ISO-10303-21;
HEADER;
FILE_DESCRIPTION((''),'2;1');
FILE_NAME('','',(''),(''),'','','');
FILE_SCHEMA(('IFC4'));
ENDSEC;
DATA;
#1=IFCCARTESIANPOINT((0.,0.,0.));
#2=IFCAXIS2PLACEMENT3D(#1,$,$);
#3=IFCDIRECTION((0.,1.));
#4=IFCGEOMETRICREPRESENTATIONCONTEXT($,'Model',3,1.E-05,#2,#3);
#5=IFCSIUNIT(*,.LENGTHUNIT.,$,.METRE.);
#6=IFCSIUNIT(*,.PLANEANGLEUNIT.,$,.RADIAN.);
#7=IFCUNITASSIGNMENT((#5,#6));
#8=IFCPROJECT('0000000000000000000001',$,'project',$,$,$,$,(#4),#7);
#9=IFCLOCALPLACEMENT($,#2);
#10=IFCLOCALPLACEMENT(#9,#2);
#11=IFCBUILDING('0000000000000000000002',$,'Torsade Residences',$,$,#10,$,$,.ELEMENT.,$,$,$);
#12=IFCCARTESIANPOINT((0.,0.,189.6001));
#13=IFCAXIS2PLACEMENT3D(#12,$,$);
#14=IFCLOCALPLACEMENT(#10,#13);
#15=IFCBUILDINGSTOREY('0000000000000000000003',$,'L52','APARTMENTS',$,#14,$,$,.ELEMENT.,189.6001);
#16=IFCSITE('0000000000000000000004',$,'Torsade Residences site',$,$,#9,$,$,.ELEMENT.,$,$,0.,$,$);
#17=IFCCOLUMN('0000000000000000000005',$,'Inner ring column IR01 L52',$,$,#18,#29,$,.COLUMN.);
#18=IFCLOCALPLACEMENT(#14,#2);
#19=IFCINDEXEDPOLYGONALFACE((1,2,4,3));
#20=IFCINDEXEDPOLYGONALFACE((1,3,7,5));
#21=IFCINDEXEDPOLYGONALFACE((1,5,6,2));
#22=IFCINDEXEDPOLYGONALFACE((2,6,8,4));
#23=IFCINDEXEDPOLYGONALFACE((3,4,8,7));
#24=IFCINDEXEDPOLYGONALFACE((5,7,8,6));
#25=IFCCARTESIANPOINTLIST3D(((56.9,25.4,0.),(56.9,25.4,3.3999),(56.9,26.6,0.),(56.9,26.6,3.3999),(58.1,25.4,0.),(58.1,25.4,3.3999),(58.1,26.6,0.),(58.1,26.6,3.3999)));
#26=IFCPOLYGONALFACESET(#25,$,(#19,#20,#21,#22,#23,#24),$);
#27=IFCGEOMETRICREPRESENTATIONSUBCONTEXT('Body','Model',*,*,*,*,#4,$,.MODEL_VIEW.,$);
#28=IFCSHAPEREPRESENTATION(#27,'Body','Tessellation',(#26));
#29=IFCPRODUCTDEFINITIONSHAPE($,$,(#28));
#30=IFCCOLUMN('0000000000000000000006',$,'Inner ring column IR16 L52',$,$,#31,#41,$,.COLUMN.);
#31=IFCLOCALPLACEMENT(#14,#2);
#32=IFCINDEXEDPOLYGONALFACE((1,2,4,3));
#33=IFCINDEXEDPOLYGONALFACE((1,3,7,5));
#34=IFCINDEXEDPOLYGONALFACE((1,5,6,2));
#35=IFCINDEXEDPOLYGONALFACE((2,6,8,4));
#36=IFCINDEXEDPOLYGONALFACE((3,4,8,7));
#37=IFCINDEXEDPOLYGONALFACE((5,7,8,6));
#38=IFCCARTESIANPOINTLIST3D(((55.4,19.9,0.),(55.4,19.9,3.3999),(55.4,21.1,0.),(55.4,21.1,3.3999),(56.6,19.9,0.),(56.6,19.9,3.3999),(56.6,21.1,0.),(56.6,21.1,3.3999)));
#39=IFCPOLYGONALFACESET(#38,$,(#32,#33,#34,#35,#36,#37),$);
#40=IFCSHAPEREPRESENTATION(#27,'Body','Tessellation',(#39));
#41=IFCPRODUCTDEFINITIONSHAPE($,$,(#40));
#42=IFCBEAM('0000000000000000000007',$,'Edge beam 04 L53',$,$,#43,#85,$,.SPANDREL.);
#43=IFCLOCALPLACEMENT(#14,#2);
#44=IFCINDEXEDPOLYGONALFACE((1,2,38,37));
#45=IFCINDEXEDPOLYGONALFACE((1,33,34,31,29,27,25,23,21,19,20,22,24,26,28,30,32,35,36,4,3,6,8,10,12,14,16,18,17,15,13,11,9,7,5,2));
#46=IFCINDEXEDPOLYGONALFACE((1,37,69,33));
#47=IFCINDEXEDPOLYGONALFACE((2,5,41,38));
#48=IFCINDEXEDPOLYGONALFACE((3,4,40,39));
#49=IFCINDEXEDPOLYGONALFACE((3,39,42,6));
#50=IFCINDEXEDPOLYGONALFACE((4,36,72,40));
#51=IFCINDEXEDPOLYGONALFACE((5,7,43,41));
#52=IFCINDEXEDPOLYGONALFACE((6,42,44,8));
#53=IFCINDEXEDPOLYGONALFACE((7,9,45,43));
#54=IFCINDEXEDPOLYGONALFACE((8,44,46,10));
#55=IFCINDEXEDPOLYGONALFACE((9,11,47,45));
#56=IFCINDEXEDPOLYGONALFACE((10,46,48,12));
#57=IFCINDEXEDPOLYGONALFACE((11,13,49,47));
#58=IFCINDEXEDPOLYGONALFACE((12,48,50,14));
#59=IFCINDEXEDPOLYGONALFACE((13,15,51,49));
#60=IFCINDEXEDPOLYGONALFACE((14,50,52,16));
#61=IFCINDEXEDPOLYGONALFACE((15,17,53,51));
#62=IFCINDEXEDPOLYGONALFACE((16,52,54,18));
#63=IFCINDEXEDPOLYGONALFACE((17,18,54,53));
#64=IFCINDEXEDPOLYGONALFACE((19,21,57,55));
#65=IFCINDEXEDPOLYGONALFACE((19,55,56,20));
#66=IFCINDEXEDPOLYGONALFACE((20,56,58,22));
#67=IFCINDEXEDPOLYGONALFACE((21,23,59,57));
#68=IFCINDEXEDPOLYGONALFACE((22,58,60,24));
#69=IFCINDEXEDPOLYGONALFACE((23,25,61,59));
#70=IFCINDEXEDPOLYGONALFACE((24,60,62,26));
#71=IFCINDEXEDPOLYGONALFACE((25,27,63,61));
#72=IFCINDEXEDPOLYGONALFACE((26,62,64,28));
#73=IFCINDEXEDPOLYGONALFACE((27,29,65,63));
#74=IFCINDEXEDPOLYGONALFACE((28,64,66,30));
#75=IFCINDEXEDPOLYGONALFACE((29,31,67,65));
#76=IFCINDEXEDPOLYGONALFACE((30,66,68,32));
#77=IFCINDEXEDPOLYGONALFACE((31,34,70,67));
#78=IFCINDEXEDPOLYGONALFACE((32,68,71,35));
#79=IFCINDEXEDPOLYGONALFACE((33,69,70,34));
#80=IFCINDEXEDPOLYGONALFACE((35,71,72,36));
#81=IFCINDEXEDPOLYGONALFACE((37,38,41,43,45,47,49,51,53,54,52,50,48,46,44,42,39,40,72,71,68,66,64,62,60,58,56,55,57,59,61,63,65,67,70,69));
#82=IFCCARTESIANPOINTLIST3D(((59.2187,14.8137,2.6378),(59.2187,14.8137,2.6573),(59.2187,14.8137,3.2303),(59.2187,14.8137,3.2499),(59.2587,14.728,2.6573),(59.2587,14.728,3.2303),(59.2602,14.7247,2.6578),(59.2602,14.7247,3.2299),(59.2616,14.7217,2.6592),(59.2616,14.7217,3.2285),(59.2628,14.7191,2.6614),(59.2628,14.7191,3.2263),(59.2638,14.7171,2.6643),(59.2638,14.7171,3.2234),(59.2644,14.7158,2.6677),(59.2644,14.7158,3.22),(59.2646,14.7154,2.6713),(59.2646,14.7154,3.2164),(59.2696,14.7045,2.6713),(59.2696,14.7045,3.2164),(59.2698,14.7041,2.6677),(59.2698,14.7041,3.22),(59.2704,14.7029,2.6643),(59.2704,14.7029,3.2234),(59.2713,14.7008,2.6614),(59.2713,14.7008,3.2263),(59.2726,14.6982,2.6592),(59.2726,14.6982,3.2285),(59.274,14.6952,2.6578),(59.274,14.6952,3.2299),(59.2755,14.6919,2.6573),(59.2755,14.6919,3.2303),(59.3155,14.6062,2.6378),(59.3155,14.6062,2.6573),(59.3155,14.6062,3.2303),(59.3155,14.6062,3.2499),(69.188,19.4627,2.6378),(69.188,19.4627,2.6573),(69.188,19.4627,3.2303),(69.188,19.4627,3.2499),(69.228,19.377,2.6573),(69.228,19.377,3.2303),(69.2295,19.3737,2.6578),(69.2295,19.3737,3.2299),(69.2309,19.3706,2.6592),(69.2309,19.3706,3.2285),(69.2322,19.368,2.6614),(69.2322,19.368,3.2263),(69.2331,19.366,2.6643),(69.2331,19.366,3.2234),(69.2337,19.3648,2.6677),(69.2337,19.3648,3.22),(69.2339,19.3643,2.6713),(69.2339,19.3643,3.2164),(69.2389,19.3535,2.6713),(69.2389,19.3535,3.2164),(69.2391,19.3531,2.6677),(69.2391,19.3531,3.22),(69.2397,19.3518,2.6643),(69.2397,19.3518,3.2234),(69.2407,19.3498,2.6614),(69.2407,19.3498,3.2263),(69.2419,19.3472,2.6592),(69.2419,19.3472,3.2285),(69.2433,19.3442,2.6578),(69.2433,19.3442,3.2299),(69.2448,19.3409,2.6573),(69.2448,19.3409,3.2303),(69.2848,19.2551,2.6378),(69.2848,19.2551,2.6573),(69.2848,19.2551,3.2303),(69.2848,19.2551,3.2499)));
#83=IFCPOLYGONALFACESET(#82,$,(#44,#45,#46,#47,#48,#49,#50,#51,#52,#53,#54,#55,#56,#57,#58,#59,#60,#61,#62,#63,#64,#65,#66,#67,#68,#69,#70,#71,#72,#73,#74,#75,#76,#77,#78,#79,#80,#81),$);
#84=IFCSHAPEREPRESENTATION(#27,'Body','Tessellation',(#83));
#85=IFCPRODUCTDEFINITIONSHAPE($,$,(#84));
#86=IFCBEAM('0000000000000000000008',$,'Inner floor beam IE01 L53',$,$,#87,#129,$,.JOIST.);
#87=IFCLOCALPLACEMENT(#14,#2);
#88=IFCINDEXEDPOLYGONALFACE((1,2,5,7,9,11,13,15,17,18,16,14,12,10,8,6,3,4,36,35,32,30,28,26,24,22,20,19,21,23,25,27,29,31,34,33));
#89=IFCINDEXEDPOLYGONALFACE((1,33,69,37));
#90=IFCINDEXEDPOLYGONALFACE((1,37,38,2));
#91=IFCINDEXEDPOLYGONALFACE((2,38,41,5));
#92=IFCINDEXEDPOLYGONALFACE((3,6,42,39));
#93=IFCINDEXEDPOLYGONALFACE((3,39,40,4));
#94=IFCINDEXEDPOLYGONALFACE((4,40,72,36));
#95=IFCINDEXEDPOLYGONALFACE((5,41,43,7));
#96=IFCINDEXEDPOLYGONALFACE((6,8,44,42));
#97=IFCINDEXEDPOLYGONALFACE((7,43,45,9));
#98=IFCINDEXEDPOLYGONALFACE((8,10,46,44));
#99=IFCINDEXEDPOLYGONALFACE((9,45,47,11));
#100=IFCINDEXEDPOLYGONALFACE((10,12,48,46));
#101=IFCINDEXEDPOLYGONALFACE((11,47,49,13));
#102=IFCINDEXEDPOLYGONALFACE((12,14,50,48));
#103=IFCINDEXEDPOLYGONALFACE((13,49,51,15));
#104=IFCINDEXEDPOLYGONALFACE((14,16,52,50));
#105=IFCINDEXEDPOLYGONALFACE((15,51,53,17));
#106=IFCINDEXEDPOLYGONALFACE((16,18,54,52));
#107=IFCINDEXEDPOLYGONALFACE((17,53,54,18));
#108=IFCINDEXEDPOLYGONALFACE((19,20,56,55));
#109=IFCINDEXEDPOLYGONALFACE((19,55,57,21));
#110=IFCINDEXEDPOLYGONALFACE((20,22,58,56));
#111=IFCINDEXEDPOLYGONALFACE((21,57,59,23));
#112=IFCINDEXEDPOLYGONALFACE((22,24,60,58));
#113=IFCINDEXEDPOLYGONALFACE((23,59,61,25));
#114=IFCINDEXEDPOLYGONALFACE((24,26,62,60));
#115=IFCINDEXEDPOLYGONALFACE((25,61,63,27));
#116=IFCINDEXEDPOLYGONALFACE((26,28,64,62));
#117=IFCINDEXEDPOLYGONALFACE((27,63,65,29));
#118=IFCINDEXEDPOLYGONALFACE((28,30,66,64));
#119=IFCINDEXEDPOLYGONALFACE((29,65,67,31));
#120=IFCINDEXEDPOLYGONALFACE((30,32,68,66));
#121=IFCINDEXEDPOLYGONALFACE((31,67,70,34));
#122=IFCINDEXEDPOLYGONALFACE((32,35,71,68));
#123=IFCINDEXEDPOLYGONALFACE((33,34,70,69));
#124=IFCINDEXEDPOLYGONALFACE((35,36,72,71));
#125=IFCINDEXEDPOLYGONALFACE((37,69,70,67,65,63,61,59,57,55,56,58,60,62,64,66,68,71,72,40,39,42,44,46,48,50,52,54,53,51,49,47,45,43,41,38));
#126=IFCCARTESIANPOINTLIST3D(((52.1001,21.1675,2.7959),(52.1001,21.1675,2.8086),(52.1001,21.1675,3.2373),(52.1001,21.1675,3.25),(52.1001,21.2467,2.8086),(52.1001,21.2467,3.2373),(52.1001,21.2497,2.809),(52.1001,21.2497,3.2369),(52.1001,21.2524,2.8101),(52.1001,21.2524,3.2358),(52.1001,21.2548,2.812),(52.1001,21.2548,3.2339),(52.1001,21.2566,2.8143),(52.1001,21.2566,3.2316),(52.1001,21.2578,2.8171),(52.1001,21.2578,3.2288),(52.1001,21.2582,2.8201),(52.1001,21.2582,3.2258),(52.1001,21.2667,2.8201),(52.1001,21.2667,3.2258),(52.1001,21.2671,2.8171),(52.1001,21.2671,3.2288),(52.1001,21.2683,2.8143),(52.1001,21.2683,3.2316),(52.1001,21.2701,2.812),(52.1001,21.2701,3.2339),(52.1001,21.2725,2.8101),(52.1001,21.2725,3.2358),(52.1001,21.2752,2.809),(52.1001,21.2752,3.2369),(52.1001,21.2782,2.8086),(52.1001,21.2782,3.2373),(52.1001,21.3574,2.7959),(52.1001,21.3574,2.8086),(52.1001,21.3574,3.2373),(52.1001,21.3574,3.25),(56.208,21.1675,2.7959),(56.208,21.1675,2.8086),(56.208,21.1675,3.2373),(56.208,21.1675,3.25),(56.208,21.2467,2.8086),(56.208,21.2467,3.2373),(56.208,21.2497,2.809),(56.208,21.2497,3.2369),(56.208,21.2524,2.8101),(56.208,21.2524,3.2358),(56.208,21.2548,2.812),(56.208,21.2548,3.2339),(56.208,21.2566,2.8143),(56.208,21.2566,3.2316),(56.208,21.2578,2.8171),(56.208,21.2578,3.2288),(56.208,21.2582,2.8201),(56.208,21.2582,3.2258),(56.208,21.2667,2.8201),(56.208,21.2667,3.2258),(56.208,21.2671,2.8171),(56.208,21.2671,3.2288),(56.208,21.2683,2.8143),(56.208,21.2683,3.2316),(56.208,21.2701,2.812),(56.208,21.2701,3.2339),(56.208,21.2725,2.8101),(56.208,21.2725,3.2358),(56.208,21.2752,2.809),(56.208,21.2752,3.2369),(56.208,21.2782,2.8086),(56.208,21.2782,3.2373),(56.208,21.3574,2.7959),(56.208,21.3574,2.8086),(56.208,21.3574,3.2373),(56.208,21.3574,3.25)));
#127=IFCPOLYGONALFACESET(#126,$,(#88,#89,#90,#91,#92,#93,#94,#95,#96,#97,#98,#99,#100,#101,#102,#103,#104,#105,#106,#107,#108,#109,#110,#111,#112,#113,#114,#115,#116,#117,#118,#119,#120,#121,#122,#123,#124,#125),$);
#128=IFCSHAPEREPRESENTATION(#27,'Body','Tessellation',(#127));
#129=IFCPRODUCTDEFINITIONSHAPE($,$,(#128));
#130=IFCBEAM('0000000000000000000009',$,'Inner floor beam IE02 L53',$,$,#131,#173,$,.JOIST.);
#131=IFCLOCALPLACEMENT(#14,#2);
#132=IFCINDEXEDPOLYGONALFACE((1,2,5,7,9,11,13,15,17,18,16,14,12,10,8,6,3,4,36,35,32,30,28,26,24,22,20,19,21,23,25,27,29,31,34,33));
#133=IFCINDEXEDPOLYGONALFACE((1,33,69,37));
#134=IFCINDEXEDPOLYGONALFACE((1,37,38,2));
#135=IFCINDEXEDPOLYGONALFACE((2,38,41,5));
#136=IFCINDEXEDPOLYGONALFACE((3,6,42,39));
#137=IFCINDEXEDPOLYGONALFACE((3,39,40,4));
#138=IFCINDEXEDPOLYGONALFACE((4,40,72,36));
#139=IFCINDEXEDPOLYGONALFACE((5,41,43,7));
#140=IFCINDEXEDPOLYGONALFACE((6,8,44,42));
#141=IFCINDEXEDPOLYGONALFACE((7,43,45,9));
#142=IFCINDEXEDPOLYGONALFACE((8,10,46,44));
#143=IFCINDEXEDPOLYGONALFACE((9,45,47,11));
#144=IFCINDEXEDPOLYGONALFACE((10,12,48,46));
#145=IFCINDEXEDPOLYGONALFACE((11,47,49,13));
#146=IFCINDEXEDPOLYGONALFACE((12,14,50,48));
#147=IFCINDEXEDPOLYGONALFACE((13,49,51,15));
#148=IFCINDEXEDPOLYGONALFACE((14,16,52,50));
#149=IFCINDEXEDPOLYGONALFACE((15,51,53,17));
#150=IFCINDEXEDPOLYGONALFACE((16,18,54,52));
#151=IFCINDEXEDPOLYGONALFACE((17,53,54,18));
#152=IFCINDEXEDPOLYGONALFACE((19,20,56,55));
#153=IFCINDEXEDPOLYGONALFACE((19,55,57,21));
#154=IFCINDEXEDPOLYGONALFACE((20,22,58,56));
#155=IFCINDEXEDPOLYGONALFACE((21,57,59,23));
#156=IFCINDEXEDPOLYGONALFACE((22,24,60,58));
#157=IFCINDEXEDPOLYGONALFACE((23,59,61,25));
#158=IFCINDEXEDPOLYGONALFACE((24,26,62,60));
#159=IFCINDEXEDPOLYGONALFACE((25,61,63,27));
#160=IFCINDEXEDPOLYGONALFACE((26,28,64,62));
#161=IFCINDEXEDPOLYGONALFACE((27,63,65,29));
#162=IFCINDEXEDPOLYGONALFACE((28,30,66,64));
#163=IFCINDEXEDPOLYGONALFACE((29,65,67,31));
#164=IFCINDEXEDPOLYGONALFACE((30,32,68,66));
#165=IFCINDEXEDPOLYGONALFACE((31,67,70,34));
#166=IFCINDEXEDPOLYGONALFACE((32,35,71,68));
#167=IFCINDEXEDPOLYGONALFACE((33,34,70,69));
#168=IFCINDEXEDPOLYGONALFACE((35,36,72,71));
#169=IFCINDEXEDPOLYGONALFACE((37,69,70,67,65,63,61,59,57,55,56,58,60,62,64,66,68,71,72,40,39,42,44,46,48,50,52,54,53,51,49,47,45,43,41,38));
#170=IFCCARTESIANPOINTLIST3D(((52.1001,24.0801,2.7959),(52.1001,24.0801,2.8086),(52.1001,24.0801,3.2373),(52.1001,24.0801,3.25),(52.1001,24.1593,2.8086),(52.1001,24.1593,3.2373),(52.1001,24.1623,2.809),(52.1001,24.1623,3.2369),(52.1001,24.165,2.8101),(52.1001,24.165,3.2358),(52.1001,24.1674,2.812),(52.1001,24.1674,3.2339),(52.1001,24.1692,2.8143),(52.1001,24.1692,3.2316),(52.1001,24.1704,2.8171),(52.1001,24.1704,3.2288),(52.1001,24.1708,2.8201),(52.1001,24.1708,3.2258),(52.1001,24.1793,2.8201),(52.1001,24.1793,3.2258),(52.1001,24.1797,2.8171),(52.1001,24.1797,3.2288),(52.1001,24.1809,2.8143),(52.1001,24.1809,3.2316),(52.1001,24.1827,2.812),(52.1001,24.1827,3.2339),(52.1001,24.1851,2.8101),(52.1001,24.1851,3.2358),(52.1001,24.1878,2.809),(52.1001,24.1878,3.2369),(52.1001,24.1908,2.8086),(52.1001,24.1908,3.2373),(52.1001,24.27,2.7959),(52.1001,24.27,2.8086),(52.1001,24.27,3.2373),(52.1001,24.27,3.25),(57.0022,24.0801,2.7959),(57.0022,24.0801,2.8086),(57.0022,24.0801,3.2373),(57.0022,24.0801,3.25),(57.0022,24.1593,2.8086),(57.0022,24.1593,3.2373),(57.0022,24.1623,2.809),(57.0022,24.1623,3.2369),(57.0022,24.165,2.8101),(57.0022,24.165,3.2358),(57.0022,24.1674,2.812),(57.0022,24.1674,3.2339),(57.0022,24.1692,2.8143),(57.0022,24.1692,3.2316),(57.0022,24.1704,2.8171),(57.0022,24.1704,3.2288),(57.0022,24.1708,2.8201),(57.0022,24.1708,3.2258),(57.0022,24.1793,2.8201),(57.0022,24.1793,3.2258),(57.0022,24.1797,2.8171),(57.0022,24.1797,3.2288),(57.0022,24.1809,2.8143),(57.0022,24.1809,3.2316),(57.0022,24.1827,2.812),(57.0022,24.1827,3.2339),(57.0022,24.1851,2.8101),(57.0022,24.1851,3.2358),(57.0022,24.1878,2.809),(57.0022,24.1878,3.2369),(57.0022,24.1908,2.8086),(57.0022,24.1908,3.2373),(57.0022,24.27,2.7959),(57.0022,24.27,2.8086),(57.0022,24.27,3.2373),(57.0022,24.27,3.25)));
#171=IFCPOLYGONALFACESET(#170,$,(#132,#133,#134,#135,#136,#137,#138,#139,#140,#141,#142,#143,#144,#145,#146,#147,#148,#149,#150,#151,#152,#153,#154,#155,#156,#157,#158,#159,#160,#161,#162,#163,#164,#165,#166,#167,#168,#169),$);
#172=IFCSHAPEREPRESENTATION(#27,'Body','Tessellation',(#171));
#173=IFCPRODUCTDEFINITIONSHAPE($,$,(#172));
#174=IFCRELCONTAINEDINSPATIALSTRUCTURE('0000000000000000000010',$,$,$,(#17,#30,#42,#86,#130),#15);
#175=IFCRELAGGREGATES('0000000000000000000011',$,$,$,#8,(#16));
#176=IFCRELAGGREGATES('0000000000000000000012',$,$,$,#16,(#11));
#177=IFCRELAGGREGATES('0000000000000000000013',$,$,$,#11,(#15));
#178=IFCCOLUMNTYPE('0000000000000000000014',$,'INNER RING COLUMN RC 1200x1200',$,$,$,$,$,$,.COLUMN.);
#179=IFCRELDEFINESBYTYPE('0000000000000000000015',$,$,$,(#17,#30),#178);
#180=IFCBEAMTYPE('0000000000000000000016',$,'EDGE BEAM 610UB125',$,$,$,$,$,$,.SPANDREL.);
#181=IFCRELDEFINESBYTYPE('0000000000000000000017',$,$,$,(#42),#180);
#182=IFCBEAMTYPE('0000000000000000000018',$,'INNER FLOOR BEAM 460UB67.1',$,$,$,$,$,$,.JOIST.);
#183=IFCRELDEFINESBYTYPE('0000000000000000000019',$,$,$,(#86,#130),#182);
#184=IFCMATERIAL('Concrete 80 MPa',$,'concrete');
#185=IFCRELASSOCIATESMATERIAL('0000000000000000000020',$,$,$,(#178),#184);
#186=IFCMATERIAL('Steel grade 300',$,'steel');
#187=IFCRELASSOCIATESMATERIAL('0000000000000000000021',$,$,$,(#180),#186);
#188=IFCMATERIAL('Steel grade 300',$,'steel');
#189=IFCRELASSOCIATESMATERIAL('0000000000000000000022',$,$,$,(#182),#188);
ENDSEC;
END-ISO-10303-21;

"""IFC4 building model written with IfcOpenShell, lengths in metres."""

from ifc_helpers import new_model, si_unit, direction, frame, origin, origin_2d, place, context, subcontext, project, spatial, rectangle, i_section, extrude, material, material_profile, profile_set, type_object, element, save


model = new_model("IFC4")

# Units and contexts
model_context = context("Model", 3, precision=1e-05, world=origin(), true_north=direction((0.0, 1.0)))
body_context = subcontext(model_context, "Body", "Model", "MODEL_VIEW")
ifc_project = project(units=[si_unit("LENGTHUNIT", "METRE"), si_unit("PLANEANGLEUNIT", "RADIAN")], contexts=[model_context])

# Site, building, storey
site_placement = place(None, origin())
site = spatial("IfcSite", under=ifc_project, at=site_placement, Name="Torsade Residences site", CompositionType="ELEMENT", RefElevation=0.0)
building_placement = place(site_placement, origin())
building = spatial("IfcBuilding", under=site, at=building_placement, Name="Torsade Residences", CompositionType="ELEMENT")
storey_placement = place(building_placement, frame((0.0, 0.0, 189.6001)))
storey = spatial("IfcBuildingStorey", under=building, at=storey_placement, Name="L52", Description="APARTMENTS", CompositionType="ELEMENT", Elevation=189.6001)

# Columns
ifc_material_1 = material(Name="Concrete 80 MPa", Category="concrete")
ifc_material_profile_1 = material_profile(ifc_material_1, rectangle(XDim=1.2, YDim=1.2, at=origin_2d()), Name="RC 1200x1200")
ifc_profile_set_1 = profile_set([ifc_material_profile_1], Name="Concrete 80 MPa")
column_type = type_object("IfcColumnType", Name="INNER RING COLUMN RC 1200x1200", PredefinedType="COLUMN", material=ifc_profile_set_1)
for number, where, z_axis, x_axis, name in (
    (1, (57.5, 26.0, 0.0), (0.0, 0.0, 1.0), (1.0, 0.0, 0.0), "Inner ring column IR01 L52"),
    (2, (56.0, 20.5, 0.0), (0.0, 0.0, 1.0), (1.0, 0.0, 0.0), "Inner ring column IR16 L52"),
):
    element("IfcColumn", number, at=place(storey_placement, frame(where, z_axis=z_axis, x_axis=x_axis)), inside=storey, type_object=column_type, Name=name, PredefinedType="COLUMN", context=body_context, shape_type="SweptSolid", body=[
        extrude(rectangle(XDim=1.2, YDim=1.2, at=origin_2d()), origin(), (0.0, 0.0, 1.0), 3.3999),
    ])

# Beams
ifc_material_2 = material(Name="Steel grade 300", Category="steel")
ifc_material_profile_2 = material_profile(ifc_material_2, i_section(OverallWidth=0.229, OverallDepth=0.6121, WebThickness=0.012, FlangeThickness=0.0195, FilletRadius=0.0139, at=origin_2d()), Name="610UB125")
ifc_profile_set_2 = profile_set([ifc_material_profile_2], Name="Steel grade 300")
beam_type_1 = type_object("IfcBeamType", Name="EDGE BEAM 610UB125", PredefinedType="SPANDREL", material=ifc_profile_set_2)
beam_1_placement = place(storey_placement, frame((59.2671, 14.71, 2.9438), z_axis=(0.906301, 0.422633, 0.0), x_axis=(-0.422633, 0.906301, 0.0)))
element("IfcBeam", 3, at=beam_1_placement, inside=storey, type_object=beam_type_1, Name="Edge beam 04 L53", PredefinedType="SPANDREL", context=body_context, shape_type="SweptSolid", body=[
    extrude(i_section(OverallWidth=0.229, OverallDepth=0.6121, WebThickness=0.012, FlangeThickness=0.0195, FilletRadius=0.0139, at=origin_2d()), origin(), (0.0, 0.0, 1.0), 11.0),
])
ifc_material_3 = material(Name="Steel grade 300", Category="steel")
ifc_material_profile_3 = material_profile(ifc_material_3, i_section(OverallWidth=0.1899, OverallDepth=0.4541, WebThickness=0.0085, FlangeThickness=0.0127, FilletRadius=0.0115, at=origin_2d()), Name="460UB67.1")
ifc_profile_set_3 = profile_set([ifc_material_profile_3], Name="Steel grade 300")
beam_type_2 = type_object("IfcBeamType", Name="INNER FLOOR BEAM 460UB67.1", PredefinedType="JOIST", material=ifc_profile_set_3)
beam_2_placement = place(storey_placement, frame((52.1001, 21.2625, 3.0229), z_axis=(1.0, 0.0, 0.0), x_axis=(0.0, 1.0, 0.0)))
element("IfcBeam", 4, at=beam_2_placement, inside=storey, type_object=beam_type_2, Name="Inner floor beam IE01 L53", PredefinedType="JOIST", context=body_context, shape_type="SweptSolid", body=[
    extrude(i_section(OverallWidth=0.1899, OverallDepth=0.4541, WebThickness=0.0085, FlangeThickness=0.0127, FilletRadius=0.0115, at=origin_2d()), origin(), (0.0, 0.0, 1.0), 4.1079),
])
beam_3_placement = place(storey_placement, frame((52.1001, 24.175, 3.0229), z_axis=(1.0, 0.0, 0.0), x_axis=(0.0, 1.0, 0.0)))
element("IfcBeam", 5, at=beam_3_placement, inside=storey, type_object=beam_type_2, Name="Inner floor beam IE02 L53", PredefinedType="JOIST", context=body_context, shape_type="SweptSolid", body=[
    extrude(i_section(OverallWidth=0.1899, OverallDepth=0.4541, WebThickness=0.0085, FlangeThickness=0.0127, FilletRadius=0.0115, at=origin_2d()), origin(), (0.0, 0.0, 1.0), 4.9021),
])

save(model, "model.ifc")
